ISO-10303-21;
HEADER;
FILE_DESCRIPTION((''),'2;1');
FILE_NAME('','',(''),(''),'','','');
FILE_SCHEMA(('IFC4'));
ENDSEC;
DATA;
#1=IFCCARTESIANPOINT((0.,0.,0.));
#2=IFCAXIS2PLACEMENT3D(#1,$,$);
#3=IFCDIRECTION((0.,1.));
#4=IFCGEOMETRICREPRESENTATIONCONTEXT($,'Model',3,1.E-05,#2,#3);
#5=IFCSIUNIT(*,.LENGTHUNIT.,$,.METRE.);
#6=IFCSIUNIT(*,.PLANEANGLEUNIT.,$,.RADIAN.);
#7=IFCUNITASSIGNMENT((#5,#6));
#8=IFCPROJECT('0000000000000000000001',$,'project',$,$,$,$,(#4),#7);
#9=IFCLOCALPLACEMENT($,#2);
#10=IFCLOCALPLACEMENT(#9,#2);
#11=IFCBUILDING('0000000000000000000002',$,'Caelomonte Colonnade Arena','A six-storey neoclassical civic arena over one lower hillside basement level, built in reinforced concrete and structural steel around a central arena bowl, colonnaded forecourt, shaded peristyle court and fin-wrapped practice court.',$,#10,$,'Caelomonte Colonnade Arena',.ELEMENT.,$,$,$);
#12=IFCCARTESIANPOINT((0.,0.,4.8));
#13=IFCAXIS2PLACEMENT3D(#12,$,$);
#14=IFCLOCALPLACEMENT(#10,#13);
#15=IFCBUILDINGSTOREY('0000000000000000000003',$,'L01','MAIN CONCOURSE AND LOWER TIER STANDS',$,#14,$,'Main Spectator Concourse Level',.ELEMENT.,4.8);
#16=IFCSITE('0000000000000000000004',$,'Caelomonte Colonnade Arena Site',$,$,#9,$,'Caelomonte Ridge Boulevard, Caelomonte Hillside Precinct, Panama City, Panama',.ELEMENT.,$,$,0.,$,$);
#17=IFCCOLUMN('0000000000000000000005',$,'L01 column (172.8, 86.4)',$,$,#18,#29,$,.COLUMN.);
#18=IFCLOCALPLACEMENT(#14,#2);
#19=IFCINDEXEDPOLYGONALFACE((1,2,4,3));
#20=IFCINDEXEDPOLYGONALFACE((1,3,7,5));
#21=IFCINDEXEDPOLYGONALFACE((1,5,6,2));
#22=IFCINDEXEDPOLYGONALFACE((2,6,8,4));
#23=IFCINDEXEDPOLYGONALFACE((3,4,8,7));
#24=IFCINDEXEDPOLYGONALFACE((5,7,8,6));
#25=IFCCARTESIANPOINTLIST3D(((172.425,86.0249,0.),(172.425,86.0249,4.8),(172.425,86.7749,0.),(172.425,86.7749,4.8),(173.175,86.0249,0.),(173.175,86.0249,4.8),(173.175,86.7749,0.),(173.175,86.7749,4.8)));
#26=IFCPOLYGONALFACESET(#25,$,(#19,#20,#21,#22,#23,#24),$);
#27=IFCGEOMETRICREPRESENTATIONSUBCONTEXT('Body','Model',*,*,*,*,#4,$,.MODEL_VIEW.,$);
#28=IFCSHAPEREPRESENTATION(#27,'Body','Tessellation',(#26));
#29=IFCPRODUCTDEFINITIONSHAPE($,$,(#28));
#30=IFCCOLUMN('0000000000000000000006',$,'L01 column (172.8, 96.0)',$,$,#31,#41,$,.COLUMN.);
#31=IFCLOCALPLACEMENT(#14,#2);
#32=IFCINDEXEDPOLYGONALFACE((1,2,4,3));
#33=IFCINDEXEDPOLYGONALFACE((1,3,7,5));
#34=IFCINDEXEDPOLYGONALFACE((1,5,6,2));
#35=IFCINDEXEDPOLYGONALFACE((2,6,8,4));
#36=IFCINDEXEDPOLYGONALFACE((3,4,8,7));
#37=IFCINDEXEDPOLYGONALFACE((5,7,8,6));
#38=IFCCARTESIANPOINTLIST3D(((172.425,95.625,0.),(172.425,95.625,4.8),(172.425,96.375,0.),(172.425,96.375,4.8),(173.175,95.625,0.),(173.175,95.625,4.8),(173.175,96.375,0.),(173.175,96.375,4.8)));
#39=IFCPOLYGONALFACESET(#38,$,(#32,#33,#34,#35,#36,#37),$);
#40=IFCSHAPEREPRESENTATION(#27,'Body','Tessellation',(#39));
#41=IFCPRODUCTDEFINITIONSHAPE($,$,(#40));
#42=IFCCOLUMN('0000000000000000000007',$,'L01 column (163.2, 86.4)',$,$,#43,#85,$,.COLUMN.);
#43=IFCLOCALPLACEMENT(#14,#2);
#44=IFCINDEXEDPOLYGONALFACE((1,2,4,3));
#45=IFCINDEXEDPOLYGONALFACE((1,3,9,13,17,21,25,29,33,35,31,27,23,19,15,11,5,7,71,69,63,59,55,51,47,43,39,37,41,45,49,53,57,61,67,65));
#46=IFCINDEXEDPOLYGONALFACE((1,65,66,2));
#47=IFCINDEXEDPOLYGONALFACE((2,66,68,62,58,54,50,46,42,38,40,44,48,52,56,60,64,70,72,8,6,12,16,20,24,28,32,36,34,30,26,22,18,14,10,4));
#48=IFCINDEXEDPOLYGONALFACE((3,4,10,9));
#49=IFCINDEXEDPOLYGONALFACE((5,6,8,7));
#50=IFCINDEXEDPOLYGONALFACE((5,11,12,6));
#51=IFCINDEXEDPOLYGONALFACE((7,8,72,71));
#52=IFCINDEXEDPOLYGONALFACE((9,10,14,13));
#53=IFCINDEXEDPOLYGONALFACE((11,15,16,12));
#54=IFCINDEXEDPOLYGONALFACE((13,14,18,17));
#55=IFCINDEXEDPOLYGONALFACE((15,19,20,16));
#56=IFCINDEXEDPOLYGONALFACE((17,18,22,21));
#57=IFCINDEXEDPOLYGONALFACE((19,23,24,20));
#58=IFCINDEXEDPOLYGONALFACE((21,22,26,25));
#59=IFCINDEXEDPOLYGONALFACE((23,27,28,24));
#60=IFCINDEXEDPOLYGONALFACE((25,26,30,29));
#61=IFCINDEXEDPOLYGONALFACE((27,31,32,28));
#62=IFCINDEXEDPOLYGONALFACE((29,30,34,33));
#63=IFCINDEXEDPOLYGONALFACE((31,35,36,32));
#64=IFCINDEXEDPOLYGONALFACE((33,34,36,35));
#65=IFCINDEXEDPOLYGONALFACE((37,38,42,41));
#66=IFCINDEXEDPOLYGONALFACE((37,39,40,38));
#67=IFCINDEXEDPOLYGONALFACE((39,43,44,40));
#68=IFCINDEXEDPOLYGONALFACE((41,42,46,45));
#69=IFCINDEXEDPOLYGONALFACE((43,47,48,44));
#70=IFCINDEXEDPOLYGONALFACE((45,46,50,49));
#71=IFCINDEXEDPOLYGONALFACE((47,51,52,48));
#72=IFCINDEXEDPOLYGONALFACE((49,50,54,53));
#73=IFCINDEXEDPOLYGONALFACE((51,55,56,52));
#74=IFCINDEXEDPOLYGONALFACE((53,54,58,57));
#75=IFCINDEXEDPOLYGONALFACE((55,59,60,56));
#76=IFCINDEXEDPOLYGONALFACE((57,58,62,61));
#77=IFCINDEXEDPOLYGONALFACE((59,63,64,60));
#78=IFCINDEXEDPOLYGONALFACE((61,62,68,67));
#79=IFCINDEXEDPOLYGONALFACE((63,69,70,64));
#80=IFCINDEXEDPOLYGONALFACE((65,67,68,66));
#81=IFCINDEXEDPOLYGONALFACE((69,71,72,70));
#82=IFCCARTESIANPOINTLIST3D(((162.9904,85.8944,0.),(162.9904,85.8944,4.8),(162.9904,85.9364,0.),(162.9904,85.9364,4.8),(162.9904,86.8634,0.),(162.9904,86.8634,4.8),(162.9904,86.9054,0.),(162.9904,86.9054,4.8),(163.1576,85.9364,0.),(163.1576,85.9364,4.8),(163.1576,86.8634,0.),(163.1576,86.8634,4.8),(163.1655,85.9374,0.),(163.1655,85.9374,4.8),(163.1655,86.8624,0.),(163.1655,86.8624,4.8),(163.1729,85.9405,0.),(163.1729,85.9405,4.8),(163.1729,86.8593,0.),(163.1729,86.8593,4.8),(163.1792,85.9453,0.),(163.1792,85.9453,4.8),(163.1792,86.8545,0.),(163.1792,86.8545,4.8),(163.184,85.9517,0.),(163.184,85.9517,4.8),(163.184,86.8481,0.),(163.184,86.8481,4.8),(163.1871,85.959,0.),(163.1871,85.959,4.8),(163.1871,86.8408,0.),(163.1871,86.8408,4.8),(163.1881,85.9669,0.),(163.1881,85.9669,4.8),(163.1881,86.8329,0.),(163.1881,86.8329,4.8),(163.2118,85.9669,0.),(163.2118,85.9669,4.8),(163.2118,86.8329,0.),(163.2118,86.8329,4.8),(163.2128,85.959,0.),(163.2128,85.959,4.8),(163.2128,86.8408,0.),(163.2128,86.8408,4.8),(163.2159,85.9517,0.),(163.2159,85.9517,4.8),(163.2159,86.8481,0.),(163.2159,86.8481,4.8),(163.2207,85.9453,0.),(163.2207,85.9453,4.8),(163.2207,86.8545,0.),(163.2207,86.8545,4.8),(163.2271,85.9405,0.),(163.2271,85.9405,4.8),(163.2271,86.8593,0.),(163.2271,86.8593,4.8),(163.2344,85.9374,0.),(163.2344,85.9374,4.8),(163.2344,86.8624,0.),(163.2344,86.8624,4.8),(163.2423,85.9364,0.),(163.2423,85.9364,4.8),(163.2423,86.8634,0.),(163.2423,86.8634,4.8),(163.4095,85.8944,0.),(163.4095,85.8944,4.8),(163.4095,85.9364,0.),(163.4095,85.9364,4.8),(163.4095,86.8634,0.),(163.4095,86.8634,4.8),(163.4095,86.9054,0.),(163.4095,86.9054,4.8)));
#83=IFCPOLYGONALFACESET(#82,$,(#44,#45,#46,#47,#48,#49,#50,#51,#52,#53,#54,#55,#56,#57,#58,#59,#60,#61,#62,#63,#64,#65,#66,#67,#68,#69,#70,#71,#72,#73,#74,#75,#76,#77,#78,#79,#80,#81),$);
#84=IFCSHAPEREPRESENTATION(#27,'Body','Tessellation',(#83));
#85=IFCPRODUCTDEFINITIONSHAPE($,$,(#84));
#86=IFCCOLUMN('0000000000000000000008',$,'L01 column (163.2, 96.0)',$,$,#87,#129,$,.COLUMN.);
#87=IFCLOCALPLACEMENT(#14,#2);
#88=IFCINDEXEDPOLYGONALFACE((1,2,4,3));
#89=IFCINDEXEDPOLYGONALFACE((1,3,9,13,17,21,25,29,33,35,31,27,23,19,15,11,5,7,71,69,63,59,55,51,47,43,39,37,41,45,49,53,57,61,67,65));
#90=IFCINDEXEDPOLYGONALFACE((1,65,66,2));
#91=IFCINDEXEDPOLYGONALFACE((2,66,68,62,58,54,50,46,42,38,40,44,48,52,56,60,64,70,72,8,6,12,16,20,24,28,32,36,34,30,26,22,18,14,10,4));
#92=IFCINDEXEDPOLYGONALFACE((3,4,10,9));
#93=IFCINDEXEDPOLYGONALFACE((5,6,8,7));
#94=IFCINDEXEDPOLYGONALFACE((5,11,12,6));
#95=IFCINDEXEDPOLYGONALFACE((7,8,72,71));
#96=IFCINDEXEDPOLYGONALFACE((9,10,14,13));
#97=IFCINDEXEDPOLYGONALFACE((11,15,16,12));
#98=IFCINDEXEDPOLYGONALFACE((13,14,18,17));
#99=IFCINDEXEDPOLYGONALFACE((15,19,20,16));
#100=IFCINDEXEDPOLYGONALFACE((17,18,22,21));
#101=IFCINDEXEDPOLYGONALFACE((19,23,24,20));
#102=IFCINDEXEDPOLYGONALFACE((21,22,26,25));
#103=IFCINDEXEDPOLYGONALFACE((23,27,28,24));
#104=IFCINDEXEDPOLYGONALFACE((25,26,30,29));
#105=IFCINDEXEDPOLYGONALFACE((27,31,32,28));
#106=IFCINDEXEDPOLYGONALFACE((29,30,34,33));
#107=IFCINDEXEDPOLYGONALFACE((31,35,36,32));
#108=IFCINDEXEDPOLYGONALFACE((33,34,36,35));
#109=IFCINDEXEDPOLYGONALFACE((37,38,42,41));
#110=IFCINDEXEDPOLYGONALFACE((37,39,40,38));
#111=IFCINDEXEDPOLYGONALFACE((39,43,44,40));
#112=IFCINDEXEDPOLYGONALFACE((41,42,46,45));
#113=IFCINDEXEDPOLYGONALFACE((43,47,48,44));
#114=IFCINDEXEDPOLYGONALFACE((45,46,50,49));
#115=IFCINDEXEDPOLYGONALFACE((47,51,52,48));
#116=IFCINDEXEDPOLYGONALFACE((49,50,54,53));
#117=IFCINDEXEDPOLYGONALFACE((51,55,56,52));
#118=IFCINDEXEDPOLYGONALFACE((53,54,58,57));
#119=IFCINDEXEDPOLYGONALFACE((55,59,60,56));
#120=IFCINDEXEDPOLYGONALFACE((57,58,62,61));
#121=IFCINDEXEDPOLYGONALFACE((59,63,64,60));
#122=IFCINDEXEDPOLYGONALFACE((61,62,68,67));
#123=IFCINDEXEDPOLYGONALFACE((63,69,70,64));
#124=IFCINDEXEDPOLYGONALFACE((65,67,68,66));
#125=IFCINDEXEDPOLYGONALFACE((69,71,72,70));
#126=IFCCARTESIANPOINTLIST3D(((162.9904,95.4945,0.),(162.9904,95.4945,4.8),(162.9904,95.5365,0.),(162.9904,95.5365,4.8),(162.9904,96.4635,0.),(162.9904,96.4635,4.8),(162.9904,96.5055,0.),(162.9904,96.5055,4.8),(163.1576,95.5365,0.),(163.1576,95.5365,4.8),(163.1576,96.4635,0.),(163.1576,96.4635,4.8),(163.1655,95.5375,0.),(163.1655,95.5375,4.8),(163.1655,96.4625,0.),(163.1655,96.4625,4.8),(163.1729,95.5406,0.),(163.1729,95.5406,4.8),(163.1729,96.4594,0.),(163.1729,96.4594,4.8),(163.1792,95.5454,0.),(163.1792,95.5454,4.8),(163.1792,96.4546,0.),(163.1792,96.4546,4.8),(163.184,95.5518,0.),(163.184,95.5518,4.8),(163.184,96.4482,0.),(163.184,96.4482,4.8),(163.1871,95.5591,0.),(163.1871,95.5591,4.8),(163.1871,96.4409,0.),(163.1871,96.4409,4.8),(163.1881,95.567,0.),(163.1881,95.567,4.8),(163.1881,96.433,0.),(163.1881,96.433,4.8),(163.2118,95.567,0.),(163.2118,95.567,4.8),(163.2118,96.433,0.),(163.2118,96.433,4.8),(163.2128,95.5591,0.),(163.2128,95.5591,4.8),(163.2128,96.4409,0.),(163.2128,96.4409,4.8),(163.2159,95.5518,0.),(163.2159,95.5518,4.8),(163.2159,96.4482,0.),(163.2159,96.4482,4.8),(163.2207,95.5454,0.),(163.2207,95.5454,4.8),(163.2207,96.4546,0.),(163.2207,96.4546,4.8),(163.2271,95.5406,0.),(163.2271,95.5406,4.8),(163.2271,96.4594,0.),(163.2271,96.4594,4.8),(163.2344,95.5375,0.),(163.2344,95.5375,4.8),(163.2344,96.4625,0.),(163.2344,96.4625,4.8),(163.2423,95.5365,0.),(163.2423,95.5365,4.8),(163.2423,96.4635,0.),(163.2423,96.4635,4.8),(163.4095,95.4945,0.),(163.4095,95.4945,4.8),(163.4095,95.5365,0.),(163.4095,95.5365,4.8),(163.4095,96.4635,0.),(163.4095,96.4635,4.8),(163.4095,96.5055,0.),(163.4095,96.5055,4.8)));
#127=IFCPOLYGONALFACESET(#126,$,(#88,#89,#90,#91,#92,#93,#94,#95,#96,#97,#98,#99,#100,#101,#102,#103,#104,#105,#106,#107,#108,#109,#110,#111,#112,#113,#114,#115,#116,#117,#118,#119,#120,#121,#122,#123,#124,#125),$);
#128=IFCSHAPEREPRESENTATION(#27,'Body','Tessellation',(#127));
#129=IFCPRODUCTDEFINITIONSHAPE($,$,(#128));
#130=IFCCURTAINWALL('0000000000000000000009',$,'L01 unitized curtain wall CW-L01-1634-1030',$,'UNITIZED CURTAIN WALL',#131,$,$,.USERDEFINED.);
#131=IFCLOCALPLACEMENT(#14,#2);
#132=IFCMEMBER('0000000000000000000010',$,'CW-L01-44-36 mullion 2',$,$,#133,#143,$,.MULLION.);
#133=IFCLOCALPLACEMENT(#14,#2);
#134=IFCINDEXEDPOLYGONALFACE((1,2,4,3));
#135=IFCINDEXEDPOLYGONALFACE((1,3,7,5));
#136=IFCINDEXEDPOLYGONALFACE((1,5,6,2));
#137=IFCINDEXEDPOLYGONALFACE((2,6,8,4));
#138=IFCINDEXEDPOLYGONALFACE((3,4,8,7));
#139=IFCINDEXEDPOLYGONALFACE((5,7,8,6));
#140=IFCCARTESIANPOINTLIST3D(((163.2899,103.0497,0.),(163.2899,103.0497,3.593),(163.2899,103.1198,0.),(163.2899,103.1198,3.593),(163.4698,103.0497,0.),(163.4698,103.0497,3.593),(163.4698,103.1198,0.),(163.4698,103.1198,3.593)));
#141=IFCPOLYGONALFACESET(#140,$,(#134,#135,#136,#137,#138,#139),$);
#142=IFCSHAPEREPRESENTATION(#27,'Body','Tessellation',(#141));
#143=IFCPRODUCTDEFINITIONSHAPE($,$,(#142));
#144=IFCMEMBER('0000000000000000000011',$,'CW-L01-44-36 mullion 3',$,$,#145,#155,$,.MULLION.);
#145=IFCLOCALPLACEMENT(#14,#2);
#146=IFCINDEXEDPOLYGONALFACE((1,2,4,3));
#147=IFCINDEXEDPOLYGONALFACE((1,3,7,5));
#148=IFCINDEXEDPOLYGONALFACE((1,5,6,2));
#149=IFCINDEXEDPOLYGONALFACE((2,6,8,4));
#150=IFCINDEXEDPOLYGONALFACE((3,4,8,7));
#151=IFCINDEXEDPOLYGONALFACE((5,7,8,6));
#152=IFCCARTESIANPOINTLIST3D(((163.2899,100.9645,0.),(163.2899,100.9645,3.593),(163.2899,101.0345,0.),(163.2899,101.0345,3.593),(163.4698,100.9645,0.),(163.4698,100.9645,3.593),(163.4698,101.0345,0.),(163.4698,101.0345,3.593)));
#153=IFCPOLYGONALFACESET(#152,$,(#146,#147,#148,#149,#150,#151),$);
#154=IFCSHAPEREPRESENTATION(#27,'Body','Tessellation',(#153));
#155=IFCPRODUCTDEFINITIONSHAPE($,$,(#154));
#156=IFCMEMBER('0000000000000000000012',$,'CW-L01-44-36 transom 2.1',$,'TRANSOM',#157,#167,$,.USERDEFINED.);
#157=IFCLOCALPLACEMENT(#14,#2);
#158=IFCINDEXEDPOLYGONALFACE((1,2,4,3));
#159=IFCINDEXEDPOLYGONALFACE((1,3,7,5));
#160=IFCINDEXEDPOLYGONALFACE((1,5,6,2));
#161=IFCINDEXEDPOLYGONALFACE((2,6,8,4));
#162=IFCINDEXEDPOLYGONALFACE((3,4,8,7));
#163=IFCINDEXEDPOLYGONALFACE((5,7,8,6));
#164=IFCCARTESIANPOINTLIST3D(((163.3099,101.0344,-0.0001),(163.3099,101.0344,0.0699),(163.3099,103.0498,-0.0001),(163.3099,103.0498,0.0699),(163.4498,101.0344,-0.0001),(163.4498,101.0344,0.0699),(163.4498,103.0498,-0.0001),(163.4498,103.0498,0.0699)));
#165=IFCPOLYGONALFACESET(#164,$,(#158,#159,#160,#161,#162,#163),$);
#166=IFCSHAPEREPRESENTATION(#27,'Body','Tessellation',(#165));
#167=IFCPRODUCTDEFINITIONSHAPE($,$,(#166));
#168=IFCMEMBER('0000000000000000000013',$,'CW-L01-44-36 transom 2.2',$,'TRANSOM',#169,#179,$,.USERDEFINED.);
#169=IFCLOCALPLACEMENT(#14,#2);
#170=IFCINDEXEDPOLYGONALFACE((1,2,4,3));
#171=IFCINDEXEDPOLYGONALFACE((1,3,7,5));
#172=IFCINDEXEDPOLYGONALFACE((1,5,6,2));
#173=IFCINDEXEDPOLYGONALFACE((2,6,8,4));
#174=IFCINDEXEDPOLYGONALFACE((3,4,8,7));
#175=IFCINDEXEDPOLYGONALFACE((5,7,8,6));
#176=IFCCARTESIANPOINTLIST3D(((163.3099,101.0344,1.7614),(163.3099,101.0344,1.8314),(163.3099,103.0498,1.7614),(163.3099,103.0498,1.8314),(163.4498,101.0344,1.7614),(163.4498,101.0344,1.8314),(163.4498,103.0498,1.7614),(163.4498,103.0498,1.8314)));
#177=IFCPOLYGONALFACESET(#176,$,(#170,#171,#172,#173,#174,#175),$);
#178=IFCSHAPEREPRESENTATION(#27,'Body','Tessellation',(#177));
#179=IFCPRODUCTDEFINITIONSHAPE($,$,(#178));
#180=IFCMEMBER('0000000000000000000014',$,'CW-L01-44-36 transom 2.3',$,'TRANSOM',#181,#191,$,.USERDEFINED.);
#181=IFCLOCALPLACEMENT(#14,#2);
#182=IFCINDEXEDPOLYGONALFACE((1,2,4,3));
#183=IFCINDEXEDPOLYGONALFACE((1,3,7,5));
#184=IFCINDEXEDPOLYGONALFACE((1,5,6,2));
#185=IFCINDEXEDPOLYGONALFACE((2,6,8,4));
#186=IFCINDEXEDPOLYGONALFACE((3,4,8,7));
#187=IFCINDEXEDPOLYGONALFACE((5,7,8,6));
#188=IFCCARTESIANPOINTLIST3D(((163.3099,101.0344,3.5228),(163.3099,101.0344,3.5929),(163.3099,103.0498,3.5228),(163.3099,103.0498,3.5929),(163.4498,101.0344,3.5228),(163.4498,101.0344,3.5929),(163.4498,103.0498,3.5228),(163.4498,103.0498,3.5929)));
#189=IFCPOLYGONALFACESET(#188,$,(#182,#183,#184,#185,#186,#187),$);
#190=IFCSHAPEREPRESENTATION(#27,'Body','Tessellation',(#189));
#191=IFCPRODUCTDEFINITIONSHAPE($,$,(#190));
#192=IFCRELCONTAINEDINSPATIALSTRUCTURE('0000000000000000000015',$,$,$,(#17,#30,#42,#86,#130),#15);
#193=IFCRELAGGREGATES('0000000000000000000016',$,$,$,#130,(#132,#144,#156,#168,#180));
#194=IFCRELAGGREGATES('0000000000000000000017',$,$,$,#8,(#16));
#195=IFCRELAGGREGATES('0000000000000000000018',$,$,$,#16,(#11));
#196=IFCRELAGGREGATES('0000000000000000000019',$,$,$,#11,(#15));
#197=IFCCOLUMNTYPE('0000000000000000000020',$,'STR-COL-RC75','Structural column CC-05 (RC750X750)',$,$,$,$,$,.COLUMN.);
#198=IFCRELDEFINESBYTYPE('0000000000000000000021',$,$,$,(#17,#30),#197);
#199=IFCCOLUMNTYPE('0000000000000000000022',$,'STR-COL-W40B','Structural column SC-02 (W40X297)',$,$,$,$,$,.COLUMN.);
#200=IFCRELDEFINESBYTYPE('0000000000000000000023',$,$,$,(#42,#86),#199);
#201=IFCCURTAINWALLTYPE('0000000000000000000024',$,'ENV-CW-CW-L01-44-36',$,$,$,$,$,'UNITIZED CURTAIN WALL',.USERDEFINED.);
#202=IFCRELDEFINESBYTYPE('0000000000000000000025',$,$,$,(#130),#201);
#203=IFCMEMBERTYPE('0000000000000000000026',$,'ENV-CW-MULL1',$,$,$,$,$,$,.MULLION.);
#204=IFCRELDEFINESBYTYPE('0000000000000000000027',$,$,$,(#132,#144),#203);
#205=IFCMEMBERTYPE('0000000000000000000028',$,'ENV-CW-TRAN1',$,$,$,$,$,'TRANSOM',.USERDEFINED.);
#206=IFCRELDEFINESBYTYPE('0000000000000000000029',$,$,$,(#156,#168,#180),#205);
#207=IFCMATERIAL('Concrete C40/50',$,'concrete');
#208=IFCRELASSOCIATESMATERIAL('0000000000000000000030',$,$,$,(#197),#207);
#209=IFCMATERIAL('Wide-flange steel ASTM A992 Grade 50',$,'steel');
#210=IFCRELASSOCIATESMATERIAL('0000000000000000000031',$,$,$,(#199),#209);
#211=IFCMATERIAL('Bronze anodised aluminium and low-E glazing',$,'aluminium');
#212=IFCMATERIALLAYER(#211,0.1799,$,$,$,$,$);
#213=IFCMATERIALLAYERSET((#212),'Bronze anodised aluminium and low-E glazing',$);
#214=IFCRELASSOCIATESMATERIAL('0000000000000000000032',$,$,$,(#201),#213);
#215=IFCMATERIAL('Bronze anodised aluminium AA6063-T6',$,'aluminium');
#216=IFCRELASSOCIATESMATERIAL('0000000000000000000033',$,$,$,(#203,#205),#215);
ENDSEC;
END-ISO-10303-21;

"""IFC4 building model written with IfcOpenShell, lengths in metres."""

from ifc_helpers import new_model, si_unit, direction, frame, origin, origin_2d, place, context, subcontext, project, spatial, rectangle, i_section, extrude, material, layer, layer_set, material_profile, profile_set, type_object, element, aggregate, save


model = new_model("IFC4")

# Units and contexts
model_context = context("Model", 3, precision=1e-05, world=origin(), true_north=direction((0.0, 1.0)))
body_context = subcontext(model_context, "Body", "Model", "MODEL_VIEW")
ifc_project = project(units=[si_unit("LENGTHUNIT", "METRE"), si_unit("PLANEANGLEUNIT", "RADIAN")], contexts=[model_context])

# Site, building, storey
site_placement = place(None, origin())
site = spatial("IfcSite", under=ifc_project, at=site_placement, Name="Caelomonte Colonnade Arena Site", LongName="Caelomonte Ridge Boulevard, Caelomonte Hillside Precinct, Panama City, Panama", CompositionType="ELEMENT", RefElevation=0.0)
building_placement = place(site_placement, origin())
building = spatial("IfcBuilding", under=site, at=building_placement, Name="Caelomonte Colonnade Arena", Description="A six-storey neoclassical civic arena over one lower hillside basement level, built in reinforced concrete and structural steel around a central arena bowl, colonnaded forecourt, shaded peristyle court and fin-wrapped practice court.", LongName="Caelomonte Colonnade Arena", CompositionType="ELEMENT")
storey_placement = place(building_placement, frame((0.0, 0.0, 4.8)))
storey = spatial("IfcBuildingStorey", under=building, at=storey_placement, Name="L01", Description="MAIN CONCOURSE AND LOWER TIER STANDS", LongName="Main Spectator Concourse Level", CompositionType="ELEMENT", Elevation=4.8)

# Columns
ifc_material_1 = material(Name="Concrete C40/50", Category="concrete")
ifc_material_profile_1 = material_profile(ifc_material_1, rectangle(XDim=0.75, YDim=0.75, at=origin_2d()), Name="RC750X750")
ifc_profile_set_1 = profile_set([ifc_material_profile_1], Name="Concrete C40/50")
column_type_1 = type_object("IfcColumnType", Name="STR-COL-RC75", Description="Structural column CC-05 (RC750X750)", PredefinedType="COLUMN", material=ifc_profile_set_1)
for number, where, z_axis, x_axis, name in (
    (1, (172.8, 86.3999, 0.0), (0.0, 0.0, 1.0), (1.0, 0.0, 0.0), "L01 column (172.8, 86.4)"),
    (2, (172.8, 96.0, 0.0), (0.0, 0.0, 1.0), (1.0, 0.0, 0.0), "L01 column (172.8, 96.0)"),
):
    element("IfcColumn", number, at=place(storey_placement, frame(where, z_axis=z_axis, x_axis=x_axis)), inside=storey, type_object=column_type_1, Name=name, PredefinedType="COLUMN", context=body_context, shape_type="SweptSolid", body=[
        extrude(rectangle(XDim=0.75, YDim=0.75, at=origin_2d()), origin(), (0.0, 0.0, 1.0), 4.8),
    ])
ifc_material_2 = material(Name="Wide-flange steel ASTM A992 Grade 50", Category="steel")
ifc_material_profile_2 = material_profile(ifc_material_2, i_section(OverallWidth=0.4192, OverallDepth=1.011, WebThickness=0.0237, FlangeThickness=0.042, FilletRadius=0.0305, at=origin_2d()), Name="W40X297")
ifc_profile_set_2 = profile_set([ifc_material_profile_2], Name="Wide-flange steel ASTM A992 Grade 50")
column_type_2 = type_object("IfcColumnType", Name="STR-COL-W40B", Description="Structural column SC-02 (W40X297)", PredefinedType="COLUMN", material=ifc_profile_set_2)
for number, where, z_axis, x_axis, name in (
    (3, (163.2, 86.3999, 0.0), (0.0, 0.0, 1.0), (1.0, 0.0, 0.0), "L01 column (163.2, 86.4)"),
    (4, (163.2, 96.0, 0.0), (0.0, 0.0, 1.0), (1.0, 0.0, 0.0), "L01 column (163.2, 96.0)"),
):
    element("IfcColumn", number, at=place(storey_placement, frame(where, z_axis=z_axis, x_axis=x_axis)), inside=storey, type_object=column_type_2, Name=name, PredefinedType="COLUMN", context=body_context, shape_type="SweptSolid", body=[
        extrude(i_section(OverallWidth=0.4192, OverallDepth=1.011, WebThickness=0.0237, FlangeThickness=0.042, FilletRadius=0.0305, at=origin_2d()), origin(), (0.0, 0.0, 1.0), 4.8),
    ])

# Curtain wall, members
ifc_material_3 = material(Name="Bronze anodised aluminium and low-E glazing", Category="aluminium")
ifc_layer_1 = layer(ifc_material_3, 0.1799)
ifc_layer_set_1 = layer_set([ifc_layer_1], Name="Bronze anodised aluminium and low-E glazing")
curtain_wall_type = type_object("IfcCurtainWallType", Name="ENV-CW-CW-L01-44-36", ElementType="UNITIZED CURTAIN WALL", PredefinedType="USERDEFINED", material=ifc_layer_set_1)
curtain_wall_placement = place(storey_placement, origin())
curtain_wall = element("IfcCurtainWall", 5, at=curtain_wall_placement, inside=storey, type_object=curtain_wall_type, Name="L01 unitized curtain wall CW-L01-1634-1030", ObjectType="UNITIZED CURTAIN WALL", PredefinedType="USERDEFINED")
ifc_material_4 = material(Name="Bronze anodised aluminium AA6063-T6", Category="aluminium")
ifc_material_profile_3 = material_profile(ifc_material_4, rectangle(XDim=0.0701, YDim=0.1799, at=origin_2d()), Name="CWM-70X180")
ifc_profile_set_3 = profile_set([ifc_material_profile_3], Name="Bronze anodised aluminium AA6063-T6")
member_type_1 = type_object("IfcMemberType", Name="ENV-CW-MULL1", PredefinedType="MULLION", material=ifc_profile_set_3)
member_1_placement = place(storey_placement, frame((163.3799, 103.0847, 0.0), z_axis=(0.0, 0.0, 1.0), x_axis=(0.0, -1.0, 0.0)))
member_1 = element("IfcMember", 6, at=member_1_placement, type_object=member_type_1, Name="CW-L01-44-36 mullion 2", PredefinedType="MULLION", context=body_context, shape_type="SweptSolid", body=[
    extrude(rectangle(XDim=0.0701, YDim=0.1799, at=origin_2d()), origin(), (0.0, 0.0, 1.0), 3.593),
])
member_2_placement = place(storey_placement, frame((163.3799, 100.9995, 0.0), z_axis=(0.0, 0.0, 1.0), x_axis=(0.0, -1.0, 0.0)))
member_2 = element("IfcMember", 7, at=member_2_placement, type_object=member_type_1, Name="CW-L01-44-36 mullion 3", PredefinedType="MULLION", context=body_context, shape_type="SweptSolid", body=[
    extrude(rectangle(XDim=0.0701, YDim=0.1799, at=origin_2d()), origin(), (0.0, 0.0, 1.0), 3.593),
])
ifc_material_profile_4 = material_profile(ifc_material_4, rectangle(XDim=0.0701, YDim=0.1399, at=origin_2d()), Name="CWT-70X140")
ifc_profile_set_4 = profile_set([ifc_material_profile_4], Name="Bronze anodised aluminium AA6063-T6")
member_type_2 = type_object("IfcMemberType", Name="ENV-CW-TRAN1", ElementType="TRANSOM", PredefinedType="USERDEFINED", material=ifc_profile_set_4)
member_3_placement = place(storey_placement, frame((163.3799, 103.0498, 0.0349), z_axis=(0.0, -1.0, 0.0), x_axis=(0.0, 0.0, 1.0)))
member_3 = element("IfcMember", 8, at=member_3_placement, type_object=member_type_2, Name="CW-L01-44-36 transom 2.1", ObjectType="TRANSOM", PredefinedType="USERDEFINED", context=body_context, shape_type="SweptSolid", body=[
    extrude(rectangle(XDim=0.0701, YDim=0.1399, at=origin_2d()), origin(), (0.0, 0.0, 1.0), 2.0154),
])
member_4_placement = place(storey_placement, frame((163.3799, 103.0498, 1.7964), z_axis=(0.0, -1.0, 0.0), x_axis=(0.0, 0.0, 1.0)))
member_4 = element("IfcMember", 9, at=member_4_placement, type_object=member_type_2, Name="CW-L01-44-36 transom 2.2", ObjectType="TRANSOM", PredefinedType="USERDEFINED", context=body_context, shape_type="SweptSolid", body=[
    extrude(rectangle(XDim=0.0701, YDim=0.1399, at=origin_2d()), origin(), (0.0, 0.0, 1.0), 2.0154),
])
member_5_placement = place(storey_placement, frame((163.3799, 103.0498, 3.5579), z_axis=(0.0, -1.0, 0.0), x_axis=(0.0, 0.0, 1.0)))
member_5 = element("IfcMember", 10, at=member_5_placement, type_object=member_type_2, Name="CW-L01-44-36 transom 2.3", ObjectType="TRANSOM", PredefinedType="USERDEFINED", context=body_context, shape_type="SweptSolid", body=[
    extrude(rectangle(XDim=0.0701, YDim=0.1399, at=origin_2d()), origin(), (0.0, 0.0, 1.0), 2.0154),
])

aggregate(curtain_wall, [member_1, member_2, member_3, member_4, member_5])

save(model, "model.ifc")
